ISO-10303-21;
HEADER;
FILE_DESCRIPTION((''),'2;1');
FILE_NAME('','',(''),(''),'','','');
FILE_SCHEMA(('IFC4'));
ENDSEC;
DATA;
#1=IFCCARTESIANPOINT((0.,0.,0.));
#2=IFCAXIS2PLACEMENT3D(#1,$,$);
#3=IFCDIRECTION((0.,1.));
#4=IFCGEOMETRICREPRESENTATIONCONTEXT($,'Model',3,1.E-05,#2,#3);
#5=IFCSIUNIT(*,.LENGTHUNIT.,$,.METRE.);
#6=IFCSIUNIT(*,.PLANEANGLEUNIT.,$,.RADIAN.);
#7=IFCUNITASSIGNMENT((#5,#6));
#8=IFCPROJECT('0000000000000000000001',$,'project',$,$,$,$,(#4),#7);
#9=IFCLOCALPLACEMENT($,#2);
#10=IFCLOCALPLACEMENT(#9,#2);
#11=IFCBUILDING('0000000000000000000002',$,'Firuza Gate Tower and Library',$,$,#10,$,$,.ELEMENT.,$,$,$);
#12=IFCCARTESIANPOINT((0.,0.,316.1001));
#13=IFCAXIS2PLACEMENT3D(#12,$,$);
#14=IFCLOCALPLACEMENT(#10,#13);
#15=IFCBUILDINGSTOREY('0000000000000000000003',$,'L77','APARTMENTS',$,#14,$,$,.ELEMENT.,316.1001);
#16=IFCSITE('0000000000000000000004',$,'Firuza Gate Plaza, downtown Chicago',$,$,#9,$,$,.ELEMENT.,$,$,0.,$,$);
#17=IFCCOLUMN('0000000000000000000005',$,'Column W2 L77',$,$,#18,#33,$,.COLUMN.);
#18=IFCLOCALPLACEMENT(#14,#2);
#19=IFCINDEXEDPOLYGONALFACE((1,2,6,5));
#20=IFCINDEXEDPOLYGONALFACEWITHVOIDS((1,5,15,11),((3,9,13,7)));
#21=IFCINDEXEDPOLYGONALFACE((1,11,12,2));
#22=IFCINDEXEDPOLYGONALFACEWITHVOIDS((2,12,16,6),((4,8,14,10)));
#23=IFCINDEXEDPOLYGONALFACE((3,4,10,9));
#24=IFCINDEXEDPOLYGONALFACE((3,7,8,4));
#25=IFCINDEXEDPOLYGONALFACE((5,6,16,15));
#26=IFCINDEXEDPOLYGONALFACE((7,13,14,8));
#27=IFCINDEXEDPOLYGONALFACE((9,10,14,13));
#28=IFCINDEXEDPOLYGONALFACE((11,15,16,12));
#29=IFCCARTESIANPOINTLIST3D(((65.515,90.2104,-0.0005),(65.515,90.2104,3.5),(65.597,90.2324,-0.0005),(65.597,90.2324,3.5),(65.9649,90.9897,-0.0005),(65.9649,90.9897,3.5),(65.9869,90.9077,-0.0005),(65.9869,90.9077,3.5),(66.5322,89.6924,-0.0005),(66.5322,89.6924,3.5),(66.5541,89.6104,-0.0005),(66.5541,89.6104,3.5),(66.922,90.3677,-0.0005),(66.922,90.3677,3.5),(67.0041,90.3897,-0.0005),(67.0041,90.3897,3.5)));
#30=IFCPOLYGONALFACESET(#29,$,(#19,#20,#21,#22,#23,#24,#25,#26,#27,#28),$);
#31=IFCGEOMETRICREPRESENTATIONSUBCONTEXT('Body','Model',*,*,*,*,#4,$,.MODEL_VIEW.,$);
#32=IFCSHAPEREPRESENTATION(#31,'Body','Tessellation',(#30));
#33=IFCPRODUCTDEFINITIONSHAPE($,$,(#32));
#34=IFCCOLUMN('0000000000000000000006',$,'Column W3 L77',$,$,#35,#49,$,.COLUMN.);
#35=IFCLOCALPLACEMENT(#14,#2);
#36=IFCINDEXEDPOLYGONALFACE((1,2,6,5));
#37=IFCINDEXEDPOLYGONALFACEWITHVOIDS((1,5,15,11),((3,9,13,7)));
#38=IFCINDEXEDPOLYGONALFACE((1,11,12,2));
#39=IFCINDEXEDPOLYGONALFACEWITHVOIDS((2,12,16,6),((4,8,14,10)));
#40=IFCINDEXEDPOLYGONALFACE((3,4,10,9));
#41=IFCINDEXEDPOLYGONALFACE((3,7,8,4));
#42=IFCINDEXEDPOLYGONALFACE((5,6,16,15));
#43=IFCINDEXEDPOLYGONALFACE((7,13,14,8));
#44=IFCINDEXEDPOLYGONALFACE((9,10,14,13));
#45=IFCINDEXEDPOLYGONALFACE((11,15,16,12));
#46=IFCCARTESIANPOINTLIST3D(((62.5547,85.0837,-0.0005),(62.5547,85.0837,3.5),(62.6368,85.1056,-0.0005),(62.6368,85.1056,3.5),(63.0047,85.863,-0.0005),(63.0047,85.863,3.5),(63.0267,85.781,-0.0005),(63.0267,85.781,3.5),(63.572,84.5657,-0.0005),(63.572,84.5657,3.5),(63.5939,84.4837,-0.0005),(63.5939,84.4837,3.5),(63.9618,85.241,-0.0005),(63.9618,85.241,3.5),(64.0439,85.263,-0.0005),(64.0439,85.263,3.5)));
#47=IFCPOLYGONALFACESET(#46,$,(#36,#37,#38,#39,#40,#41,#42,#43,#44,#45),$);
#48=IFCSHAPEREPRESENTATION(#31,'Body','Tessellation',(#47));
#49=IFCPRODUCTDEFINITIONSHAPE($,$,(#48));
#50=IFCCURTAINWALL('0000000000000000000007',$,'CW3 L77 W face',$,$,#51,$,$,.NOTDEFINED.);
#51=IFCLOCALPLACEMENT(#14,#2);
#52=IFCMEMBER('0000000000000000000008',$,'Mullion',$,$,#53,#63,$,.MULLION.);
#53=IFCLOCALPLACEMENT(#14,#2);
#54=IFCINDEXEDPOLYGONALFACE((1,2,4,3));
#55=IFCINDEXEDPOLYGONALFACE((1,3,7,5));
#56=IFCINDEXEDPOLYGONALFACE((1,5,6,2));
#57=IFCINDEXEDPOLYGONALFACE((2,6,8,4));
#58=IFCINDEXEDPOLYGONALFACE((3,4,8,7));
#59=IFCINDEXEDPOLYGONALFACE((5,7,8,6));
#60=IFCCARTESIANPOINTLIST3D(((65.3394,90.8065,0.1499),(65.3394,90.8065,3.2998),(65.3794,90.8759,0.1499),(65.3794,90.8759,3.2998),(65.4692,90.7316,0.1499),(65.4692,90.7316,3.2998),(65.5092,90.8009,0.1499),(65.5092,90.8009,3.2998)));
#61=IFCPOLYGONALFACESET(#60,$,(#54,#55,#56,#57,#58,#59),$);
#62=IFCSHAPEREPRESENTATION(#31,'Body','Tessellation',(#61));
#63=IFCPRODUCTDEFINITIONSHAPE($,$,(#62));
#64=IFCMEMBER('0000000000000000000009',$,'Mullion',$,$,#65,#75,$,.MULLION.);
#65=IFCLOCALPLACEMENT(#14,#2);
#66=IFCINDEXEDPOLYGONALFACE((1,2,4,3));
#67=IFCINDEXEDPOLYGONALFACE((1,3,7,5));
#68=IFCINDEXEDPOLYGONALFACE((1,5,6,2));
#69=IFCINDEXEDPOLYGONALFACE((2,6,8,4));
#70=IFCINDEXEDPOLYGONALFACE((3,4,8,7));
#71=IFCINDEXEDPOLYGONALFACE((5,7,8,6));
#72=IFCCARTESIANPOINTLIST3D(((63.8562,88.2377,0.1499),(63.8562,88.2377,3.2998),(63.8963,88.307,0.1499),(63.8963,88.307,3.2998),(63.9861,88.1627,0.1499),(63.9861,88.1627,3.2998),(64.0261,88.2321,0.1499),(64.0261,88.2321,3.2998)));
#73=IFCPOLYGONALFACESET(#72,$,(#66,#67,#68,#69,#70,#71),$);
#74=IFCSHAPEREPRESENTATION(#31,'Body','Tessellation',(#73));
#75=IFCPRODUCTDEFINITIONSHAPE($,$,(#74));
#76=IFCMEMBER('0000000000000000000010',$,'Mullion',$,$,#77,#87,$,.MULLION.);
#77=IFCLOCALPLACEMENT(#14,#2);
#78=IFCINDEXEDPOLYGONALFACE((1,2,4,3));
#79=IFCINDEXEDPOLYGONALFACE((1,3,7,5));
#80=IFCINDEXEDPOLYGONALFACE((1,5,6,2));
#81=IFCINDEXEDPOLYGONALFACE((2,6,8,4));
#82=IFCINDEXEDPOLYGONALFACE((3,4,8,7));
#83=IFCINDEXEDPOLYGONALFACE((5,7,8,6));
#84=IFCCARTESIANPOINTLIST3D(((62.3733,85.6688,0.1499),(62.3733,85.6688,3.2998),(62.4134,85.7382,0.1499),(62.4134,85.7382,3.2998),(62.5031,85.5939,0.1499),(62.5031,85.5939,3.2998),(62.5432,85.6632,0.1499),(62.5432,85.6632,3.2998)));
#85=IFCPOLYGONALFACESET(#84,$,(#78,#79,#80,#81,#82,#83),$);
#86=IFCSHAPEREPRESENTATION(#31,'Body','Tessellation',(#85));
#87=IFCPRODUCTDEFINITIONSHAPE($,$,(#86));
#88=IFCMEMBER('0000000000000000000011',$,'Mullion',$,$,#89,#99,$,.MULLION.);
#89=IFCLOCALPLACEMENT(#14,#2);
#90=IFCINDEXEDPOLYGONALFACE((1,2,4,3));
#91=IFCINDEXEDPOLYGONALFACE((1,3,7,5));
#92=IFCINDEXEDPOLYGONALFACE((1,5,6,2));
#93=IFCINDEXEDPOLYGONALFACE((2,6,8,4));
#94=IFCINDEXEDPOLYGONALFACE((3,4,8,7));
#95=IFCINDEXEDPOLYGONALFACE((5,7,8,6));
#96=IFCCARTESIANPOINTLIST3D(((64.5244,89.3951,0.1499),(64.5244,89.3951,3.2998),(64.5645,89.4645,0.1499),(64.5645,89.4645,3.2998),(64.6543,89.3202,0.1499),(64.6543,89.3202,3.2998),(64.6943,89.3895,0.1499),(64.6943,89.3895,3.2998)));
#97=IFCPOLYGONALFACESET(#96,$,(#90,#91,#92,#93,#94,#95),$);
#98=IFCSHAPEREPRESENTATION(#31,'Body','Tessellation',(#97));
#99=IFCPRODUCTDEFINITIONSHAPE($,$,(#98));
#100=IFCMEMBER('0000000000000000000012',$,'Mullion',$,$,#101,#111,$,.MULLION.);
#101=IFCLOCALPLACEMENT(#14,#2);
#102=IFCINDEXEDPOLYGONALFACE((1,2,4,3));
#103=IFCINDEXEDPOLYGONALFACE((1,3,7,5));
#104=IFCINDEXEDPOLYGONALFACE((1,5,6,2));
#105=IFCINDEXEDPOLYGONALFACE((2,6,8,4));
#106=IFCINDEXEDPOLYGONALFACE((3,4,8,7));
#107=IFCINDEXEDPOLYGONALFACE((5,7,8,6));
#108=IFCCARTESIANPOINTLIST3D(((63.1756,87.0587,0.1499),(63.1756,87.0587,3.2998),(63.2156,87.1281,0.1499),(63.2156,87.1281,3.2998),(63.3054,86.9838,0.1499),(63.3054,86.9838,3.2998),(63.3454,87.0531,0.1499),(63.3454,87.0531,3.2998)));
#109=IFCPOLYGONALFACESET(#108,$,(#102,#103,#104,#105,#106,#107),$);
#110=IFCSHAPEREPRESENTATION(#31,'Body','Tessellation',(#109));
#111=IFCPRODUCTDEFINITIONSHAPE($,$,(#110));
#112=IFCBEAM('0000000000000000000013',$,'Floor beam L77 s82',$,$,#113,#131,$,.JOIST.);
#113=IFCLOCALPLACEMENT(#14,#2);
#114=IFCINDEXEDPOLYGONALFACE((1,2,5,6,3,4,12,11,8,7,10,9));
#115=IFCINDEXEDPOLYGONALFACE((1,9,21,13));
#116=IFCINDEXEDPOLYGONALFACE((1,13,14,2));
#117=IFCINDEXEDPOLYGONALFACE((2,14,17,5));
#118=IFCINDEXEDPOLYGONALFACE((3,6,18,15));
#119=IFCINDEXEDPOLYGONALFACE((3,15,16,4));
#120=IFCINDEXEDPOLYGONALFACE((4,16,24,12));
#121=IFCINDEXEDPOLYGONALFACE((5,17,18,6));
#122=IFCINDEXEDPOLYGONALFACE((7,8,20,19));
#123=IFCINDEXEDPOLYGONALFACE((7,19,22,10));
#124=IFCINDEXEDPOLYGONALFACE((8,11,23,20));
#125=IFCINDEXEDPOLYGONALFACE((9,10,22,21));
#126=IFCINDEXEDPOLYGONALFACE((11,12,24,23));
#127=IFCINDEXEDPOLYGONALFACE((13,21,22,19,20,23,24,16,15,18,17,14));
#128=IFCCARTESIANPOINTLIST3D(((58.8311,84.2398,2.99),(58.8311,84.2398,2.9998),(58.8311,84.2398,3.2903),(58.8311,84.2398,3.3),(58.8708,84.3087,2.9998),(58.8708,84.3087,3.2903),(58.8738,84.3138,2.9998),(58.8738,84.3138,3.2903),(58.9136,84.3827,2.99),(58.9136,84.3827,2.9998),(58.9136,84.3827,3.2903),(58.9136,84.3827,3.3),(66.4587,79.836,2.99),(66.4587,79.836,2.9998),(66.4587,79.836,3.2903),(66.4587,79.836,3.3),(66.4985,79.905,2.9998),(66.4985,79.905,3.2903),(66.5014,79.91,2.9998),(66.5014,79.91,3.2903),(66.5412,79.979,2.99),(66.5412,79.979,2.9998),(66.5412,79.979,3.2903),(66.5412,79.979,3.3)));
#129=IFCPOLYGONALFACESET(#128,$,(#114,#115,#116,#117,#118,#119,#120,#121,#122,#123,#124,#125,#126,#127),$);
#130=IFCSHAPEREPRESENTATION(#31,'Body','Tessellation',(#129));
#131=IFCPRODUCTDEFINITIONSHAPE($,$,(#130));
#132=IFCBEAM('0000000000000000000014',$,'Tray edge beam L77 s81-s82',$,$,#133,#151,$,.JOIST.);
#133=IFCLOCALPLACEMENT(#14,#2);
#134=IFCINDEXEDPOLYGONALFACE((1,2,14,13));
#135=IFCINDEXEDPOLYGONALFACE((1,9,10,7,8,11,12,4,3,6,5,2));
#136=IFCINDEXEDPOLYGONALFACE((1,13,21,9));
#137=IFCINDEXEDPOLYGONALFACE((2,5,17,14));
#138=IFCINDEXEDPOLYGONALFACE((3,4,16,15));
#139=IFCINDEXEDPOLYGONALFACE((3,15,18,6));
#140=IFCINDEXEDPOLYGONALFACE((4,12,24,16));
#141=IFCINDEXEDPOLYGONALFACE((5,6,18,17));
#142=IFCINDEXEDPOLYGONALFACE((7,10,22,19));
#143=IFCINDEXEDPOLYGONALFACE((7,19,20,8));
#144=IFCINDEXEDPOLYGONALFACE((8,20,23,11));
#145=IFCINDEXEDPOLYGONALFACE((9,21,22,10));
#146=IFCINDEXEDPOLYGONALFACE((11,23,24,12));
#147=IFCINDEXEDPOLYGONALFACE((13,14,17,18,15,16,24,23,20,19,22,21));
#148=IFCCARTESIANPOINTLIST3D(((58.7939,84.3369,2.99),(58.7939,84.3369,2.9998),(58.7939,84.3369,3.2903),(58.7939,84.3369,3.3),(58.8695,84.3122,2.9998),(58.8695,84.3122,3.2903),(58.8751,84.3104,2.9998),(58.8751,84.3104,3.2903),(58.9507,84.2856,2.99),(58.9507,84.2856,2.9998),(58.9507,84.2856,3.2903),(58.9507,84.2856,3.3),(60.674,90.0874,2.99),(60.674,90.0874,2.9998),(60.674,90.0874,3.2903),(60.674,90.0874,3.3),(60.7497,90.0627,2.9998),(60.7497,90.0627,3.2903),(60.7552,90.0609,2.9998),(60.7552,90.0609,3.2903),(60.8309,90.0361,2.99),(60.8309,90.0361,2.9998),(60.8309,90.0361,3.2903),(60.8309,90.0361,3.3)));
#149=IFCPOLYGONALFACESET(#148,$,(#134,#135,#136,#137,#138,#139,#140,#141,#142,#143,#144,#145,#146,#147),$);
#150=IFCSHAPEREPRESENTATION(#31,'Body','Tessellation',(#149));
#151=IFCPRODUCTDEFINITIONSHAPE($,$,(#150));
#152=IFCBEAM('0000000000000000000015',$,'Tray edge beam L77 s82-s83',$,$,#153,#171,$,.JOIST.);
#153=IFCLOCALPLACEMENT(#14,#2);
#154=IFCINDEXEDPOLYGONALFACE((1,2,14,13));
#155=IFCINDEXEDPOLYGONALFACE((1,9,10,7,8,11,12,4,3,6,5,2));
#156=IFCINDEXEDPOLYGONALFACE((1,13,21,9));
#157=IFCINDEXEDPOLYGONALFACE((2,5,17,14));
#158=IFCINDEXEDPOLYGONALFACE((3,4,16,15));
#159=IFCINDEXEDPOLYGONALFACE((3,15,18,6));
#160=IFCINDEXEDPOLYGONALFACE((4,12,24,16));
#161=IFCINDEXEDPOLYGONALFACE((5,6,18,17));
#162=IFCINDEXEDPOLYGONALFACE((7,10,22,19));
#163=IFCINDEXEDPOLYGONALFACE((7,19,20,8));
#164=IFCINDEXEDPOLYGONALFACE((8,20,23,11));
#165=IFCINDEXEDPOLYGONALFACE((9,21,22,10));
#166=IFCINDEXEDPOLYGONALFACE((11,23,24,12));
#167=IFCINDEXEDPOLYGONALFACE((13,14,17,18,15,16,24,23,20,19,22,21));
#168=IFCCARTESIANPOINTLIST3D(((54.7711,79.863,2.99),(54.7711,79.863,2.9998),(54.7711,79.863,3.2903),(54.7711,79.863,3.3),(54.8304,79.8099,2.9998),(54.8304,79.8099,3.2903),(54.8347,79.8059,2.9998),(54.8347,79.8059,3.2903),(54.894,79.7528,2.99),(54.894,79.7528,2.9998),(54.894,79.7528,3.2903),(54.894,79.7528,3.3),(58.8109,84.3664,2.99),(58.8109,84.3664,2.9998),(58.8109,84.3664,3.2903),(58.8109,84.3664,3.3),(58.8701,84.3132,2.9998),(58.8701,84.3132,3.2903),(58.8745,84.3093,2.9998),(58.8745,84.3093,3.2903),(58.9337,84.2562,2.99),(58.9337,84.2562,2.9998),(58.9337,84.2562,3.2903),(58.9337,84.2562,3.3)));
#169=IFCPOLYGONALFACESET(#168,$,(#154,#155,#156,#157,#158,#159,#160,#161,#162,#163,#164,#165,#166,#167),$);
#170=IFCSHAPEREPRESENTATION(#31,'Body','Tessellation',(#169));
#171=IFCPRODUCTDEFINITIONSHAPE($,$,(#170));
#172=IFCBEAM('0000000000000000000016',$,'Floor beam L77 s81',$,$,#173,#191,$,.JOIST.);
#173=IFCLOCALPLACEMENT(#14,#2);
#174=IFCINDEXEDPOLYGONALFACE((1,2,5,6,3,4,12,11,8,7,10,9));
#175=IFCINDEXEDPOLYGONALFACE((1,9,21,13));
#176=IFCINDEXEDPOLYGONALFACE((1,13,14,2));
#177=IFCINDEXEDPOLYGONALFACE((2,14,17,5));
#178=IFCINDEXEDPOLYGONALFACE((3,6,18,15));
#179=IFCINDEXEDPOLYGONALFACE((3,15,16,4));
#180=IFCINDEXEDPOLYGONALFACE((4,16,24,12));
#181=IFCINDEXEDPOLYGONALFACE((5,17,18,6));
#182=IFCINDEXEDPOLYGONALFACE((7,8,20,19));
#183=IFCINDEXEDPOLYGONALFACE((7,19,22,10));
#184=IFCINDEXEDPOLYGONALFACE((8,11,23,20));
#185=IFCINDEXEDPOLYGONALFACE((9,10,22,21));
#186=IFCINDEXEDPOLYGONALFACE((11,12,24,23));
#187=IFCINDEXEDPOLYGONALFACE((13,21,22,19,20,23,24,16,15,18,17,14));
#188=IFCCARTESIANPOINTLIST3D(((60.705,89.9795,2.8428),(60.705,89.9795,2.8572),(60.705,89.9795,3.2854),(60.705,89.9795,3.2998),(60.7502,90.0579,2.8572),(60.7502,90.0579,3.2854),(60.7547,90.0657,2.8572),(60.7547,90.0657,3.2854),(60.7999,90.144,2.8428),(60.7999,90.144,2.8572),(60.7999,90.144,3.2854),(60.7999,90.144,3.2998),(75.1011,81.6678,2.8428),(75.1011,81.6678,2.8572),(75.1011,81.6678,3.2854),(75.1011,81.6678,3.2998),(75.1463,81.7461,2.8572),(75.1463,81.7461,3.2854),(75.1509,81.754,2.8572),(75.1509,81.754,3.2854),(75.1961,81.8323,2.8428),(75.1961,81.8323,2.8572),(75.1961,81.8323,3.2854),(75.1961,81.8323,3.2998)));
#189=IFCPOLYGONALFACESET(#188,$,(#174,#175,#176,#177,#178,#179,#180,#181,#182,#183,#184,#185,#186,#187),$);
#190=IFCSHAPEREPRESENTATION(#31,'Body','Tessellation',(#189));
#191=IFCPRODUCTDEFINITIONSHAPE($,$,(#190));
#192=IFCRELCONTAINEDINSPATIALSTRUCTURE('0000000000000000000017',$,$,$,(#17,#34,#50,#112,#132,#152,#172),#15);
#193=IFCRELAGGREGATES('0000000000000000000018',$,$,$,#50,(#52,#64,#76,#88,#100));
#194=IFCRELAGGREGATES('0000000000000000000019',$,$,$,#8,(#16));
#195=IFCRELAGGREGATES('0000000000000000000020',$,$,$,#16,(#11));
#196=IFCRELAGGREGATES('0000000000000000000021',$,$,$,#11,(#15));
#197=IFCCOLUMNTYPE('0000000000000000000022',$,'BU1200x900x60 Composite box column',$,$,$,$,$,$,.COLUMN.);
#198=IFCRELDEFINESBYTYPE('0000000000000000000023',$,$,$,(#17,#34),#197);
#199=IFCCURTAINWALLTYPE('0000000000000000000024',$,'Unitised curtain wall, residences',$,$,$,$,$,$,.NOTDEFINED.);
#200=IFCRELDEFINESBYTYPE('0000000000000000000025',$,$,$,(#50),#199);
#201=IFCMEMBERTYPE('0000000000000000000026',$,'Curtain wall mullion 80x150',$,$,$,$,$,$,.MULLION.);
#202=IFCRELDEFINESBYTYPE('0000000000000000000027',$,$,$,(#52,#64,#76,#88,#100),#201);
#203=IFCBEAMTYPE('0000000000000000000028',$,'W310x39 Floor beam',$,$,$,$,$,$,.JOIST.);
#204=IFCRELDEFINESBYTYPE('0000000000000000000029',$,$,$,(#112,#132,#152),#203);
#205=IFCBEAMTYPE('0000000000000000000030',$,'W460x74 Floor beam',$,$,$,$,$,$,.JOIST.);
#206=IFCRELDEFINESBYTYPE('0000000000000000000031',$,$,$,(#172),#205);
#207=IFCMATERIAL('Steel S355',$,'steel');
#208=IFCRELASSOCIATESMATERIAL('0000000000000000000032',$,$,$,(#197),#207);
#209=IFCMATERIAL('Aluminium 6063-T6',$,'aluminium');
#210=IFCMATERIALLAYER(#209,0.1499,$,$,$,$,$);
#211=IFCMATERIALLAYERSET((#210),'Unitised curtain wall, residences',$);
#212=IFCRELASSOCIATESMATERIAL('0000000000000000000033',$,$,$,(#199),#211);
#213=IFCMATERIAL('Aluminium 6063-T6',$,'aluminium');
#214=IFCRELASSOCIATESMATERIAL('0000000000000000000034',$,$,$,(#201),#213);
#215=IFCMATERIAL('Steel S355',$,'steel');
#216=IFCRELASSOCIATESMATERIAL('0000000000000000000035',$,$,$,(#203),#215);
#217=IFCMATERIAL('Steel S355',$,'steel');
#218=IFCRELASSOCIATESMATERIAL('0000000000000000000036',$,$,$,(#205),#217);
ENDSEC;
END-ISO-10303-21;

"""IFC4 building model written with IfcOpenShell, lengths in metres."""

from ifc_helpers import new_model, si_unit, direction, frame, origin, origin_2d, place, context, subcontext, project, spatial, rectangle, hollow_rectangle, i_section, extrude, material, layer, layer_set, material_profile, profile_set, type_object, element, aggregate, save


model = new_model("IFC4")

# Units and contexts
model_context = context("Model", 3, precision=1e-05, world=origin(), true_north=direction((0.0, 1.0)))
body_context = subcontext(model_context, "Body", "Model", "MODEL_VIEW")
ifc_project = project(units=[si_unit("LENGTHUNIT", "METRE"), si_unit("PLANEANGLEUNIT", "RADIAN")], contexts=[model_context])

# Site, building, storey
site_placement = place(None, origin())
site = spatial("IfcSite", under=ifc_project, at=site_placement, Name="Firuza Gate Plaza, downtown Chicago", CompositionType="ELEMENT", RefElevation=0.0)
building_placement = place(site_placement, origin())
building = spatial("IfcBuilding", under=site, at=building_placement, Name="Firuza Gate Tower and Library", CompositionType="ELEMENT")
storey_placement = place(building_placement, frame((0.0, 0.0, 316.1001)))
storey = spatial("IfcBuildingStorey", under=building, at=storey_placement, Name="L77", Description="APARTMENTS", CompositionType="ELEMENT", Elevation=316.1001)

# Columns
ifc_material_1 = material(Name="Steel S355", Category="steel")
ifc_material_profile_1 = material_profile(ifc_material_1, hollow_rectangle(XDim=0.8999, YDim=1.2, WallThickness=0.0601, at=origin_2d()))
ifc_profile_set_1 = profile_set([ifc_material_profile_1], Name="Steel S355")
column_type = type_object("IfcColumnType", Name="BU1200x900x60 Composite box column", PredefinedType="COLUMN", material=ifc_profile_set_1)
for number, where, z_axis, x_axis, name in (
    (1, (66.2595, 90.3, -0.0005), (0.0, 0.0, 1.0), (-0.5, -0.866025, 0.0), "Column W2 L77"),
    (2, (63.2993, 85.1733, -0.0005), (0.0, 0.0, 1.0), (-0.5, -0.866025, 0.0), "Column W3 L77"),
):
    element("IfcColumn", number, at=place(storey_placement, frame(where, z_axis=z_axis, x_axis=x_axis)), inside=storey, type_object=column_type, Name=name, PredefinedType="COLUMN", context=body_context, shape_type="SweptSolid", body=[
        extrude(hollow_rectangle(XDim=0.8999, YDim=1.2, WallThickness=0.0601, at=origin_2d()), origin(), (0.0, 0.0, 1.0), 3.5005),
    ])

# Curtain wall, members
ifc_material_2 = material(Name="Aluminium 6063-T6", Category="aluminium")
ifc_layer_1 = layer(ifc_material_2, 0.1499)
ifc_layer_set_1 = layer_set([ifc_layer_1], Name="Unitised curtain wall, residences")
curtain_wall_type = type_object("IfcCurtainWallType", Name="Unitised curtain wall, residences", PredefinedType="NOTDEFINED", material=ifc_layer_set_1)
placement = place(storey_placement, origin())
curtain_wall = element("IfcCurtainWall", 3, at=placement, inside=storey, type_object=curtain_wall_type, Name="CW3 L77 W face", PredefinedType="NOTDEFINED")
ifc_material_3 = material(Name="Aluminium 6063-T6", Category="aluminium")
ifc_material_profile_2 = material_profile(ifc_material_3, rectangle(XDim=0.1499, YDim=0.0801, at=origin_2d()))
ifc_profile_set_2 = profile_set([ifc_material_profile_2], Name="Aluminium 6063-T6")
member_type = type_object("IfcMemberType", Name="Curtain wall mullion 80x150", PredefinedType="MULLION", material=ifc_profile_set_2)
member_1_placement = place(storey_placement, frame((65.4243, 90.8037, 0.1499), z_axis=(0.0, 0.0, 1.0), x_axis=(0.866025, -0.5, 0.0)))
member_1 = element("IfcMember", 4, at=member_1_placement, type_object=member_type, Name="Mullion", PredefinedType="MULLION", context=body_context, shape_type="SweptSolid", body=[
    extrude(rectangle(XDim=0.1499, YDim=0.0801, at=origin_2d()), origin(), (0.0, 0.0, 1.0), 3.1499),
])
member_2_placement = place(storey_placement, frame((63.9412, 88.2349, 0.1499), z_axis=(0.0, 0.0, 1.0), x_axis=(0.866025, -0.5, 0.0)))
member_2 = element("IfcMember", 5, at=member_2_placement, type_object=member_type, Name="Mullion", PredefinedType="MULLION", context=body_context, shape_type="SweptSolid", body=[
    extrude(rectangle(XDim=0.1499, YDim=0.0801, at=origin_2d()), origin(), (0.0, 0.0, 1.0), 3.1499),
])
member_3_placement = place(storey_placement, frame((62.4583, 85.666, 0.1499), z_axis=(0.0, 0.0, 1.0), x_axis=(0.866025, -0.5, 0.0)))
member_3 = element("IfcMember", 6, at=member_3_placement, type_object=member_type, Name="Mullion", PredefinedType="MULLION", context=body_context, shape_type="SweptSolid", body=[
    extrude(rectangle(XDim=0.1499, YDim=0.0801, at=origin_2d()), origin(), (0.0, 0.0, 1.0), 3.1499),
])
member_4_placement = place(storey_placement, frame((64.6094, 89.3923, 0.1499), z_axis=(0.0, 0.0, 1.0), x_axis=(0.866025, -0.5, 0.0)))
member_4 = element("IfcMember", 7, at=member_4_placement, type_object=member_type, Name="Mullion", PredefinedType="MULLION", context=body_context, shape_type="SweptSolid", body=[
    extrude(rectangle(XDim=0.1499, YDim=0.0801, at=origin_2d()), origin(), (0.0, 0.0, 1.0), 3.1499),
])
member_5_placement = place(storey_placement, frame((63.2605, 87.0559, 0.1499), z_axis=(0.0, 0.0, 1.0), x_axis=(0.866025, -0.5, 0.0)))
member_5 = element("IfcMember", 8, at=member_5_placement, type_object=member_type, Name="Mullion", PredefinedType="MULLION", context=body_context, shape_type="SweptSolid", body=[
    extrude(rectangle(XDim=0.1499, YDim=0.0801, at=origin_2d()), origin(), (0.0, 0.0, 1.0), 3.1499),
])

# Beams
ifc_material_4 = material(Name="Steel S355", Category="steel")
ifc_material_profile_3 = material_profile(ifc_material_4, i_section(OverallWidth=0.165, OverallDepth=0.3101, WebThickness=0.0059, FlangeThickness=0.0098, at=origin_2d()))
ifc_profile_set_3 = profile_set([ifc_material_profile_3], Name="Steel S355")
beam_type_1 = type_object("IfcBeamType", Name="W310x39 Floor beam", PredefinedType="JOIST", material=ifc_profile_set_3)
beam_1_placement = place(storey_placement, frame((58.8723, 84.3113, 3.145), z_axis=(0.866027, -0.499997, 0.0), x_axis=(0.499997, 0.866027, 0.0)))
element("IfcBeam", 9, at=beam_1_placement, inside=storey, type_object=beam_type_1, Name="Floor beam L77 s82", PredefinedType="JOIST", context=body_context, shape_type="SweptSolid", body=[
    extrude(i_section(OverallWidth=0.165, OverallDepth=0.3101, WebThickness=0.0059, FlangeThickness=0.0098, at=origin_2d()), origin(), (0.0, 0.0, 1.0), 8.8076),
])
beam_2_placement = place(storey_placement, frame((60.7524, 90.0618, 3.145), z_axis=(-0.310763, -0.950488, 0.0), x_axis=(0.950488, -0.310763, 0.0)))
element("IfcBeam", 10, at=beam_2_placement, inside=storey, type_object=beam_type_1, Name="Tray edge beam L77 s81-s82", PredefinedType="JOIST", context=body_context, shape_type="SweptSolid", body=[
    extrude(i_section(OverallWidth=0.165, OverallDepth=0.3101, WebThickness=0.0059, FlangeThickness=0.0098, at=origin_2d()), origin(), (0.0, 0.0, 1.0), 6.05),
])
beam_3_placement = place(storey_placement, frame((58.8723, 84.3113, 3.145), z_axis=(-0.667751, -0.744385, 0.0), x_axis=(0.744385, -0.667751, 0.0)))
element("IfcBeam", 11, at=beam_3_placement, inside=storey, type_object=beam_type_1, Name="Tray edge beam L77 s82-s83", PredefinedType="JOIST", context=body_context, shape_type="SweptSolid", body=[
    extrude(i_section(OverallWidth=0.165, OverallDepth=0.3101, WebThickness=0.0059, FlangeThickness=0.0098, at=origin_2d()), origin(), (0.0, 0.0, 1.0), 6.0498),
])
ifc_material_5 = material(Name="Steel S355", Category="steel")
ifc_material_profile_4 = material_profile(ifc_material_5, i_section(OverallWidth=0.1899, OverallDepth=0.457, WebThickness=0.009, FlangeThickness=0.0144, at=origin_2d()))
ifc_profile_set_4 = profile_set([ifc_material_profile_4], Name="Steel S355")
beam_type_2 = type_object("IfcBeamType", Name="W460x74 Floor beam", PredefinedType="JOIST", material=ifc_profile_set_4)
beam_4_placement = place(storey_placement, frame((60.7524, 90.0618, 3.0713), z_axis=(0.866023, -0.500004, 0.0), x_axis=(0.500004, 0.866023, 0.0)))
element("IfcBeam", 12, at=beam_4_placement, inside=storey, type_object=beam_type_2, Name="Floor beam L77 s81", PredefinedType="JOIST", context=body_context, shape_type="SweptSolid", body=[
    extrude(i_section(OverallWidth=0.1899, OverallDepth=0.457, WebThickness=0.009, FlangeThickness=0.0144, at=origin_2d()), origin(), (0.0, 0.0, 1.0), 16.6233),
])

aggregate(curtain_wall, [member_1, member_2, member_3, member_4, member_5])

save(model, "model.ifc")
